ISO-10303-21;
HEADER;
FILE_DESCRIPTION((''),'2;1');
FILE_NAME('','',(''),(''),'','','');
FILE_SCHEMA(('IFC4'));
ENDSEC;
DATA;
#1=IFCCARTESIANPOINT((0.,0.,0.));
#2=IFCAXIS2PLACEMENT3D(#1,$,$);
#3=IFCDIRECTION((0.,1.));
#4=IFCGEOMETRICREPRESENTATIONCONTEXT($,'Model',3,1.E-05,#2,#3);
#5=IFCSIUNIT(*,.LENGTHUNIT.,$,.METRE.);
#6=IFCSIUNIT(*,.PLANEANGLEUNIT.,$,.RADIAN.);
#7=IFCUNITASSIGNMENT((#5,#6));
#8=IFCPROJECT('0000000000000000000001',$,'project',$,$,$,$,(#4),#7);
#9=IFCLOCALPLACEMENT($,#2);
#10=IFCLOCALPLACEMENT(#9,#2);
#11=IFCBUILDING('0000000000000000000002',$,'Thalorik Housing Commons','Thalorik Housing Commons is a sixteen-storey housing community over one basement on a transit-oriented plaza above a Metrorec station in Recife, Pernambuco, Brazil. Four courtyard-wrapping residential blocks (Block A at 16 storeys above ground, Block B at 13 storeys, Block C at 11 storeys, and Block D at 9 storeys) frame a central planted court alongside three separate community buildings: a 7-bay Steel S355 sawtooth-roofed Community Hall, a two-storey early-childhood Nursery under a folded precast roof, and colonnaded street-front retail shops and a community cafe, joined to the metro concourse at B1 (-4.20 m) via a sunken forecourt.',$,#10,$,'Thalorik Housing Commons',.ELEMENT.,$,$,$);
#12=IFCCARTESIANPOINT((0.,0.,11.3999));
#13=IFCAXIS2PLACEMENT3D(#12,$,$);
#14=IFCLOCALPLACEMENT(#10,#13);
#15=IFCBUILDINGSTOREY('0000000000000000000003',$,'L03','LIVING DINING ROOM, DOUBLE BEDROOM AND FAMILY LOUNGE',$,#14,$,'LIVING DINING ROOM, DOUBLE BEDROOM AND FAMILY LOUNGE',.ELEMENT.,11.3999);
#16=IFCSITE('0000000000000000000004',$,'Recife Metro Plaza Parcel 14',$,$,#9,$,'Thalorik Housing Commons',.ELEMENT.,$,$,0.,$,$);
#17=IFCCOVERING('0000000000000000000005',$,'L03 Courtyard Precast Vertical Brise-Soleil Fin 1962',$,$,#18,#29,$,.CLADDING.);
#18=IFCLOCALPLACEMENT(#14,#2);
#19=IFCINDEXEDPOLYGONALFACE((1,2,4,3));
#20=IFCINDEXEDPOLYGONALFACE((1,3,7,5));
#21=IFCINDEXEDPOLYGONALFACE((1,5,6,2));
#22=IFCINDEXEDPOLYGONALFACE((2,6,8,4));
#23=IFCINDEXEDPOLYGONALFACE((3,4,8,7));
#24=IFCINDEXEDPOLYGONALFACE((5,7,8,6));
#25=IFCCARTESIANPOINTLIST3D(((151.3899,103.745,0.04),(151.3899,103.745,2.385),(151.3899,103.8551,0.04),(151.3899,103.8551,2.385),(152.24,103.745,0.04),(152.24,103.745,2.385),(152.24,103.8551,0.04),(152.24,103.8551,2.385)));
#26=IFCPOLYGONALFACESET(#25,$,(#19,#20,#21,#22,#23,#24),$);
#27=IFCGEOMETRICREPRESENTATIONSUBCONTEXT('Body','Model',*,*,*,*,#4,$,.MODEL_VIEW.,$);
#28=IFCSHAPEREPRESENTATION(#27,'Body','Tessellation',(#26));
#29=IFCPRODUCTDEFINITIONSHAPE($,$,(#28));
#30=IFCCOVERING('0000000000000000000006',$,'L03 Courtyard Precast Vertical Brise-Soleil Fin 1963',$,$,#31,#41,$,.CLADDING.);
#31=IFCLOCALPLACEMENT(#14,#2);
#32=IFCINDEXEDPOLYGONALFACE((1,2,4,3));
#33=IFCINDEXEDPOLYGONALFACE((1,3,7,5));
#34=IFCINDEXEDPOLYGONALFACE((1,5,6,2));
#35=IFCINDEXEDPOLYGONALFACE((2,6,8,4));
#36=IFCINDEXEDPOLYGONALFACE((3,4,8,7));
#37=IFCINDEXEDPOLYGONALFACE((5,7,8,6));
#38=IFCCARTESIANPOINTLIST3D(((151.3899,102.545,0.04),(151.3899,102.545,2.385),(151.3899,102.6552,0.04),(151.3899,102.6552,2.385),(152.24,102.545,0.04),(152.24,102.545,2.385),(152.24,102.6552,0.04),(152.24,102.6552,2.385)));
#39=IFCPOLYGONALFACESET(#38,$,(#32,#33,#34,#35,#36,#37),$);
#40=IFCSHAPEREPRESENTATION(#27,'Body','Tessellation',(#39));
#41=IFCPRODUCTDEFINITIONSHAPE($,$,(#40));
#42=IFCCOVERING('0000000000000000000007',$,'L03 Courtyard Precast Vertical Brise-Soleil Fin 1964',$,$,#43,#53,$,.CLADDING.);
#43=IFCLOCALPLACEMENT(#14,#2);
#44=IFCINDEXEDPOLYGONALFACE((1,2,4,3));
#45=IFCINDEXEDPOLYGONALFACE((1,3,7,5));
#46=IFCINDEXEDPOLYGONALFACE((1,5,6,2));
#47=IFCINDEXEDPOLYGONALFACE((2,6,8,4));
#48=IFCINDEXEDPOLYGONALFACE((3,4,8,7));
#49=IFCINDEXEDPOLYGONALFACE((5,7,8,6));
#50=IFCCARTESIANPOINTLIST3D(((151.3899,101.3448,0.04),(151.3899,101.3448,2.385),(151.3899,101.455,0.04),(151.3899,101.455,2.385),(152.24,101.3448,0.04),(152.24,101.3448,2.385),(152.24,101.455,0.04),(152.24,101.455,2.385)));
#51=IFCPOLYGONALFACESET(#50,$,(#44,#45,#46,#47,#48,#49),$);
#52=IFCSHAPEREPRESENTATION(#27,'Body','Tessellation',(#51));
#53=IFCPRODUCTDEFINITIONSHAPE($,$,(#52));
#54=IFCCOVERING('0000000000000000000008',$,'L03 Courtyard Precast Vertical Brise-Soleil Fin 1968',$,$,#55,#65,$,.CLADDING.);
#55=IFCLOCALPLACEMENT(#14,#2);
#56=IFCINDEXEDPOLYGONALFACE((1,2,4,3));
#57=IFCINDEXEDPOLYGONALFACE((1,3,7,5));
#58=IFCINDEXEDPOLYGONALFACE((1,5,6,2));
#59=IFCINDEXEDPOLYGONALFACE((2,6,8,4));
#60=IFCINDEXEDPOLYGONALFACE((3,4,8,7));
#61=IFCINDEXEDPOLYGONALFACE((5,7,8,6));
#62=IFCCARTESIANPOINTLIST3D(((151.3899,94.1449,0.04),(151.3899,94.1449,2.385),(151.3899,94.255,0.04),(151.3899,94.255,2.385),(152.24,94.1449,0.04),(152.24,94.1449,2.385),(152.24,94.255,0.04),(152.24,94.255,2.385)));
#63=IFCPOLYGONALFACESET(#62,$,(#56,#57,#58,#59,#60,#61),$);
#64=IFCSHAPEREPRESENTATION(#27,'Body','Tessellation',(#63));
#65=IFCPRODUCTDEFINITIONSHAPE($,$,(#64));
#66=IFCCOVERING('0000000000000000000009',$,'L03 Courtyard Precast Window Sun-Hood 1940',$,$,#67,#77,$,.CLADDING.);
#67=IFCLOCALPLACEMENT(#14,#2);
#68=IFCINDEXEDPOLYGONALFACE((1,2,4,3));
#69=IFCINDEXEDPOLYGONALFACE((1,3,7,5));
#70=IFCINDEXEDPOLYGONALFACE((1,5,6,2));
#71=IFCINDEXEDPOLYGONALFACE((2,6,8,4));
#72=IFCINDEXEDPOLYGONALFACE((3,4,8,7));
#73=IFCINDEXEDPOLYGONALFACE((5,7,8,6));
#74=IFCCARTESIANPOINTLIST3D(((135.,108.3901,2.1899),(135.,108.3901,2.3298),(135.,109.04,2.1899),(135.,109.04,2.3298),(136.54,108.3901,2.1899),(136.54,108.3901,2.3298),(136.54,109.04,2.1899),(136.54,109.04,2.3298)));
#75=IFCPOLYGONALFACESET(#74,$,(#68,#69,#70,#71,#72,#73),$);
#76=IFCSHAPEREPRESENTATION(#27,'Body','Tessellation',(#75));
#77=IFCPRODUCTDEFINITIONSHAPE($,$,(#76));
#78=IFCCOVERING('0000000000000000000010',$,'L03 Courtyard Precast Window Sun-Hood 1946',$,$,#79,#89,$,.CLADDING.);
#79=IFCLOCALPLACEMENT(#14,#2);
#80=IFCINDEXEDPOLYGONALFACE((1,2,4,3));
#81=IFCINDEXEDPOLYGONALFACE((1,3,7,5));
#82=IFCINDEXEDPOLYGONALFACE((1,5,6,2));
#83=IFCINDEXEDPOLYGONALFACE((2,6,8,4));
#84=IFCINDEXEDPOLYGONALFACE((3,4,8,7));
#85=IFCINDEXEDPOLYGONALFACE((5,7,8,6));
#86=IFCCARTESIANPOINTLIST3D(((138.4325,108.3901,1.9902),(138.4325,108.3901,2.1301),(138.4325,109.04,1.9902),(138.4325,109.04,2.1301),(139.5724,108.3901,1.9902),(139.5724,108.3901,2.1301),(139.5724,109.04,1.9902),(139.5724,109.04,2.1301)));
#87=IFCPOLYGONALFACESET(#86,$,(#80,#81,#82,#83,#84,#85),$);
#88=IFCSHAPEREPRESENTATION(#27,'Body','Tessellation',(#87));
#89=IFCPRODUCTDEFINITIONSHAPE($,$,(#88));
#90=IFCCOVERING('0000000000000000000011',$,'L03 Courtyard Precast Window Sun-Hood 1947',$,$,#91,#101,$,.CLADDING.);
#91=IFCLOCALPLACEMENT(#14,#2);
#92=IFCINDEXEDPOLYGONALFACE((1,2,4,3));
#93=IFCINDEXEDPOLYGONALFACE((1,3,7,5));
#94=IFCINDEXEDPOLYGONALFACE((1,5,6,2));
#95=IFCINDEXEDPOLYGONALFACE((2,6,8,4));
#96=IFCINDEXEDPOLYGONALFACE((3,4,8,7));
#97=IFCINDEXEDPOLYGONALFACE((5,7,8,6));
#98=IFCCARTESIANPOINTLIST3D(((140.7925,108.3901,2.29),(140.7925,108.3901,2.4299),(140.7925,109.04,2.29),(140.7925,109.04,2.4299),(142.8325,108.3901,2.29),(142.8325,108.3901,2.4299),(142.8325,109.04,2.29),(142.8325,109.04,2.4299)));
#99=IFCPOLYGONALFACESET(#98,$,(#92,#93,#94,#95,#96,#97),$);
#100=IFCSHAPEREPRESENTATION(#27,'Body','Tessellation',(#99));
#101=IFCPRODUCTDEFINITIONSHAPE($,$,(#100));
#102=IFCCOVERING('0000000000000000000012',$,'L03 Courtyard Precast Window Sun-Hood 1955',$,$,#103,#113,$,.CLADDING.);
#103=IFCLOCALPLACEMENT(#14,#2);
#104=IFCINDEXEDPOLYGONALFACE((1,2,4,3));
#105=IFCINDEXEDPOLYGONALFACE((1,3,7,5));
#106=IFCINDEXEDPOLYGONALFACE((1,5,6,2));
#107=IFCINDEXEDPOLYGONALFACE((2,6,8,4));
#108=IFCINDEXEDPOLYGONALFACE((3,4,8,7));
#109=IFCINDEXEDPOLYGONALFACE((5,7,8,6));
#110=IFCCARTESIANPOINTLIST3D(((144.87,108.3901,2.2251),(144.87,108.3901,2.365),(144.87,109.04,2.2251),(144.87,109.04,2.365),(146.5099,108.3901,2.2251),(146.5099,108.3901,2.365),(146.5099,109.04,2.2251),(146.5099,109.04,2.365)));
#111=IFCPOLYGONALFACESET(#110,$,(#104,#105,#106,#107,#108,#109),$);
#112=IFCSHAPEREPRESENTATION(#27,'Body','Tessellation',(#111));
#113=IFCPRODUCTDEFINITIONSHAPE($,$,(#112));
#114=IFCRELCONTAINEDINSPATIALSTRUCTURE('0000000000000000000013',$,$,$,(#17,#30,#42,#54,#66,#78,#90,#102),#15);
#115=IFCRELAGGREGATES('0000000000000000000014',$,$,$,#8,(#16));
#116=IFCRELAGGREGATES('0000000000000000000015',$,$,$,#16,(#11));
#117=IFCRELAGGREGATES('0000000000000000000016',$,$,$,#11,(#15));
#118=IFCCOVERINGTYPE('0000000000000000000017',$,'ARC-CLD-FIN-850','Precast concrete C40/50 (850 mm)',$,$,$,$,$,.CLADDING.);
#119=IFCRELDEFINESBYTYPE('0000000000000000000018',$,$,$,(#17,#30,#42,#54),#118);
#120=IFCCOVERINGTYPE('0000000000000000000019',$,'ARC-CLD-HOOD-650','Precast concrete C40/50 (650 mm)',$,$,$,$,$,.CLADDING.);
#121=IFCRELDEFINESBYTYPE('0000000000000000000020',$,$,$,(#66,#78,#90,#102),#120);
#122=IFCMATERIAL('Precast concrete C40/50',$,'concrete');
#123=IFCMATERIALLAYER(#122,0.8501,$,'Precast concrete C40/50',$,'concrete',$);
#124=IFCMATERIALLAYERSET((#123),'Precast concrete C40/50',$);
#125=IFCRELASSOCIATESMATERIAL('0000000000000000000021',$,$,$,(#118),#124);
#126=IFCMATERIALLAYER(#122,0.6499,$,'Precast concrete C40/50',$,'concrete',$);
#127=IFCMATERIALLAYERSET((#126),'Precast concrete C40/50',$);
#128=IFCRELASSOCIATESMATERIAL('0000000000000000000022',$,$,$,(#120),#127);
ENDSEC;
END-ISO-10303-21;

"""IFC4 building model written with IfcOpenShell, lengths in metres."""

from ifc_helpers import new_model, si_unit, direction, frame, origin, origin_2d, place, context, subcontext, project, spatial, rectangle, extrude, material, layer, layer_set, type_object, element, save


model = new_model("IFC4")

# Units and contexts
model_context = context("Model", 3, precision=1e-05, world=origin(), true_north=direction((0.0, 1.0)))
body_context = subcontext(model_context, "Body", "Model", "MODEL_VIEW")
ifc_project = project(units=[si_unit("LENGTHUNIT", "METRE"), si_unit("PLANEANGLEUNIT", "RADIAN")], contexts=[model_context])

# Site, building, storey
site_placement = place(None, origin())
site = spatial("IfcSite", under=ifc_project, at=site_placement, Name="Recife Metro Plaza Parcel 14", LongName="Thalorik Housing Commons", CompositionType="ELEMENT", RefElevation=0.0)
building_placement = place(site_placement, origin())
building = spatial("IfcBuilding", under=site, at=building_placement, Name="Thalorik Housing Commons", Description="Thalorik Housing Commons is a sixteen-storey housing community over one basement on a transit-oriented plaza above a Metrorec station in Recife, Pernambuco, Brazil. Four courtyard-wrapping residential blocks (Block A at 16 storeys above ground, Block B at 13 storeys, Block C at 11 storeys, and Block D at 9 storeys) frame a central planted court alongside three separate community buildings: a 7-bay Steel S355 sawtooth-roofed Community Hall, a two-storey early-childhood Nursery under a folded precast roof, and colonnaded street-front retail shops and a community cafe, joined to the metro concourse at B1 (-4.20 m) via a sunken forecourt.", LongName="Thalorik Housing Commons", CompositionType="ELEMENT")
storey_placement = place(building_placement, frame((0.0, 0.0, 11.3999)))
storey = spatial("IfcBuildingStorey", under=building, at=storey_placement, Name="L03", Description="LIVING DINING ROOM, DOUBLE BEDROOM AND FAMILY LOUNGE", LongName="LIVING DINING ROOM, DOUBLE BEDROOM AND FAMILY LOUNGE", CompositionType="ELEMENT", Elevation=11.3999)

# Coverings
ifc_material = material(Name="Precast concrete C40/50", Category="concrete")
ifc_layer_1 = layer(ifc_material, 0.8501, Name="Precast concrete C40/50", Category="concrete")
ifc_layer_set_1 = layer_set([ifc_layer_1], Name="Precast concrete C40/50")
covering_type_1 = type_object("IfcCoveringType", Name="ARC-CLD-FIN-850", Description="Precast concrete C40/50 (850 mm)", PredefinedType="CLADDING", material=ifc_layer_set_1)
for number, where, z_axis, x_axis, name in (
    (1, (151.8149, 103.8, 0.04), (0.0, 0.0, 1.0), (0.0, -1.0, 0.0), "L03 Courtyard Precast Vertical Brise-Soleil Fin 1962"),
    (2, (151.8149, 102.6001, 0.04), (0.0, 0.0, 1.0), (0.0, -1.0, 0.0), "L03 Courtyard Precast Vertical Brise-Soleil Fin 1963"),
    (3, (151.8149, 101.3999, 0.04), (0.0, 0.0, 1.0), (0.0, -1.0, 0.0), "L03 Courtyard Precast Vertical Brise-Soleil Fin 1964"),
    (4, (151.8149, 94.2, 0.04), (0.0, 0.0, 1.0), (0.0, -1.0, 0.0), "L03 Courtyard Precast Vertical Brise-Soleil Fin 1968"),
):
    element("IfcCovering", number, at=place(storey_placement, frame(where, z_axis=z_axis, x_axis=x_axis)), inside=storey, type_object=covering_type_1, Name=name, PredefinedType="CLADDING", context=body_context, shape_type="SweptSolid", body=[
        extrude(rectangle(XDim=0.1101, YDim=0.8501, at=origin_2d()), origin(), (0.0, 0.0, 1.0), 2.345),
    ])
ifc_layer_2 = layer(ifc_material, 0.6499, Name="Precast concrete C40/50", Category="concrete")
ifc_layer_set_2 = layer_set([ifc_layer_2], Name="Precast concrete C40/50")
covering_type_2 = type_object("IfcCoveringType", Name="ARC-CLD-HOOD-650", Description="Precast concrete C40/50 (650 mm)", PredefinedType="CLADDING", material=ifc_layer_set_2)
covering_1_placement = place(storey_placement, frame((135.77, 108.7151, 2.1899), z_axis=(0.0, 0.0, 1.0), x_axis=(1.0, 0.0, 0.0)))
element("IfcCovering", 5, at=covering_1_placement, inside=storey, type_object=covering_type_2, Name="L03 Courtyard Precast Window Sun-Hood 1940", PredefinedType="CLADDING", context=body_context, shape_type="SweptSolid", body=[
    extrude(rectangle(XDim=1.54, YDim=0.6499, at=origin_2d()), origin(), (0.0, 0.0, 1.0), 0.1399),
])
covering_2_placement = place(storey_placement, frame((139.0024, 108.7151, 1.9902), z_axis=(0.0, 0.0, 1.0), x_axis=(1.0, 0.0, 0.0)))
element("IfcCovering", 6, at=covering_2_placement, inside=storey, type_object=covering_type_2, Name="L03 Courtyard Precast Window Sun-Hood 1946", PredefinedType="CLADDING", context=body_context, shape_type="SweptSolid", body=[
    extrude(rectangle(XDim=1.1399, YDim=0.6499, at=origin_2d()), origin(), (0.0, 0.0, 1.0), 0.1399),
])
covering_3_placement = place(storey_placement, frame((141.8125, 108.7151, 2.29), z_axis=(0.0, 0.0, 1.0), x_axis=(1.0, 0.0, 0.0)))
element("IfcCovering", 7, at=covering_3_placement, inside=storey, type_object=covering_type_2, Name="L03 Courtyard Precast Window Sun-Hood 1947", PredefinedType="CLADDING", context=body_context, shape_type="SweptSolid", body=[
    extrude(rectangle(XDim=2.04, YDim=0.6499, at=origin_2d()), origin(), (0.0, 0.0, 1.0), 0.1399),
])
covering_4_placement = place(storey_placement, frame((145.6899, 108.7151, 2.2251), z_axis=(0.0, 0.0, 1.0), x_axis=(1.0, 0.0, 0.0)))
element("IfcCovering", 8, at=covering_4_placement, inside=storey, type_object=covering_type_2, Name="L03 Courtyard Precast Window Sun-Hood 1955", PredefinedType="CLADDING", context=body_context, shape_type="SweptSolid", body=[
    extrude(rectangle(XDim=1.6399, YDim=0.6499, at=origin_2d()), origin(), (0.0, 0.0, 1.0), 0.1399),
])

save(model, "model.ifc")
